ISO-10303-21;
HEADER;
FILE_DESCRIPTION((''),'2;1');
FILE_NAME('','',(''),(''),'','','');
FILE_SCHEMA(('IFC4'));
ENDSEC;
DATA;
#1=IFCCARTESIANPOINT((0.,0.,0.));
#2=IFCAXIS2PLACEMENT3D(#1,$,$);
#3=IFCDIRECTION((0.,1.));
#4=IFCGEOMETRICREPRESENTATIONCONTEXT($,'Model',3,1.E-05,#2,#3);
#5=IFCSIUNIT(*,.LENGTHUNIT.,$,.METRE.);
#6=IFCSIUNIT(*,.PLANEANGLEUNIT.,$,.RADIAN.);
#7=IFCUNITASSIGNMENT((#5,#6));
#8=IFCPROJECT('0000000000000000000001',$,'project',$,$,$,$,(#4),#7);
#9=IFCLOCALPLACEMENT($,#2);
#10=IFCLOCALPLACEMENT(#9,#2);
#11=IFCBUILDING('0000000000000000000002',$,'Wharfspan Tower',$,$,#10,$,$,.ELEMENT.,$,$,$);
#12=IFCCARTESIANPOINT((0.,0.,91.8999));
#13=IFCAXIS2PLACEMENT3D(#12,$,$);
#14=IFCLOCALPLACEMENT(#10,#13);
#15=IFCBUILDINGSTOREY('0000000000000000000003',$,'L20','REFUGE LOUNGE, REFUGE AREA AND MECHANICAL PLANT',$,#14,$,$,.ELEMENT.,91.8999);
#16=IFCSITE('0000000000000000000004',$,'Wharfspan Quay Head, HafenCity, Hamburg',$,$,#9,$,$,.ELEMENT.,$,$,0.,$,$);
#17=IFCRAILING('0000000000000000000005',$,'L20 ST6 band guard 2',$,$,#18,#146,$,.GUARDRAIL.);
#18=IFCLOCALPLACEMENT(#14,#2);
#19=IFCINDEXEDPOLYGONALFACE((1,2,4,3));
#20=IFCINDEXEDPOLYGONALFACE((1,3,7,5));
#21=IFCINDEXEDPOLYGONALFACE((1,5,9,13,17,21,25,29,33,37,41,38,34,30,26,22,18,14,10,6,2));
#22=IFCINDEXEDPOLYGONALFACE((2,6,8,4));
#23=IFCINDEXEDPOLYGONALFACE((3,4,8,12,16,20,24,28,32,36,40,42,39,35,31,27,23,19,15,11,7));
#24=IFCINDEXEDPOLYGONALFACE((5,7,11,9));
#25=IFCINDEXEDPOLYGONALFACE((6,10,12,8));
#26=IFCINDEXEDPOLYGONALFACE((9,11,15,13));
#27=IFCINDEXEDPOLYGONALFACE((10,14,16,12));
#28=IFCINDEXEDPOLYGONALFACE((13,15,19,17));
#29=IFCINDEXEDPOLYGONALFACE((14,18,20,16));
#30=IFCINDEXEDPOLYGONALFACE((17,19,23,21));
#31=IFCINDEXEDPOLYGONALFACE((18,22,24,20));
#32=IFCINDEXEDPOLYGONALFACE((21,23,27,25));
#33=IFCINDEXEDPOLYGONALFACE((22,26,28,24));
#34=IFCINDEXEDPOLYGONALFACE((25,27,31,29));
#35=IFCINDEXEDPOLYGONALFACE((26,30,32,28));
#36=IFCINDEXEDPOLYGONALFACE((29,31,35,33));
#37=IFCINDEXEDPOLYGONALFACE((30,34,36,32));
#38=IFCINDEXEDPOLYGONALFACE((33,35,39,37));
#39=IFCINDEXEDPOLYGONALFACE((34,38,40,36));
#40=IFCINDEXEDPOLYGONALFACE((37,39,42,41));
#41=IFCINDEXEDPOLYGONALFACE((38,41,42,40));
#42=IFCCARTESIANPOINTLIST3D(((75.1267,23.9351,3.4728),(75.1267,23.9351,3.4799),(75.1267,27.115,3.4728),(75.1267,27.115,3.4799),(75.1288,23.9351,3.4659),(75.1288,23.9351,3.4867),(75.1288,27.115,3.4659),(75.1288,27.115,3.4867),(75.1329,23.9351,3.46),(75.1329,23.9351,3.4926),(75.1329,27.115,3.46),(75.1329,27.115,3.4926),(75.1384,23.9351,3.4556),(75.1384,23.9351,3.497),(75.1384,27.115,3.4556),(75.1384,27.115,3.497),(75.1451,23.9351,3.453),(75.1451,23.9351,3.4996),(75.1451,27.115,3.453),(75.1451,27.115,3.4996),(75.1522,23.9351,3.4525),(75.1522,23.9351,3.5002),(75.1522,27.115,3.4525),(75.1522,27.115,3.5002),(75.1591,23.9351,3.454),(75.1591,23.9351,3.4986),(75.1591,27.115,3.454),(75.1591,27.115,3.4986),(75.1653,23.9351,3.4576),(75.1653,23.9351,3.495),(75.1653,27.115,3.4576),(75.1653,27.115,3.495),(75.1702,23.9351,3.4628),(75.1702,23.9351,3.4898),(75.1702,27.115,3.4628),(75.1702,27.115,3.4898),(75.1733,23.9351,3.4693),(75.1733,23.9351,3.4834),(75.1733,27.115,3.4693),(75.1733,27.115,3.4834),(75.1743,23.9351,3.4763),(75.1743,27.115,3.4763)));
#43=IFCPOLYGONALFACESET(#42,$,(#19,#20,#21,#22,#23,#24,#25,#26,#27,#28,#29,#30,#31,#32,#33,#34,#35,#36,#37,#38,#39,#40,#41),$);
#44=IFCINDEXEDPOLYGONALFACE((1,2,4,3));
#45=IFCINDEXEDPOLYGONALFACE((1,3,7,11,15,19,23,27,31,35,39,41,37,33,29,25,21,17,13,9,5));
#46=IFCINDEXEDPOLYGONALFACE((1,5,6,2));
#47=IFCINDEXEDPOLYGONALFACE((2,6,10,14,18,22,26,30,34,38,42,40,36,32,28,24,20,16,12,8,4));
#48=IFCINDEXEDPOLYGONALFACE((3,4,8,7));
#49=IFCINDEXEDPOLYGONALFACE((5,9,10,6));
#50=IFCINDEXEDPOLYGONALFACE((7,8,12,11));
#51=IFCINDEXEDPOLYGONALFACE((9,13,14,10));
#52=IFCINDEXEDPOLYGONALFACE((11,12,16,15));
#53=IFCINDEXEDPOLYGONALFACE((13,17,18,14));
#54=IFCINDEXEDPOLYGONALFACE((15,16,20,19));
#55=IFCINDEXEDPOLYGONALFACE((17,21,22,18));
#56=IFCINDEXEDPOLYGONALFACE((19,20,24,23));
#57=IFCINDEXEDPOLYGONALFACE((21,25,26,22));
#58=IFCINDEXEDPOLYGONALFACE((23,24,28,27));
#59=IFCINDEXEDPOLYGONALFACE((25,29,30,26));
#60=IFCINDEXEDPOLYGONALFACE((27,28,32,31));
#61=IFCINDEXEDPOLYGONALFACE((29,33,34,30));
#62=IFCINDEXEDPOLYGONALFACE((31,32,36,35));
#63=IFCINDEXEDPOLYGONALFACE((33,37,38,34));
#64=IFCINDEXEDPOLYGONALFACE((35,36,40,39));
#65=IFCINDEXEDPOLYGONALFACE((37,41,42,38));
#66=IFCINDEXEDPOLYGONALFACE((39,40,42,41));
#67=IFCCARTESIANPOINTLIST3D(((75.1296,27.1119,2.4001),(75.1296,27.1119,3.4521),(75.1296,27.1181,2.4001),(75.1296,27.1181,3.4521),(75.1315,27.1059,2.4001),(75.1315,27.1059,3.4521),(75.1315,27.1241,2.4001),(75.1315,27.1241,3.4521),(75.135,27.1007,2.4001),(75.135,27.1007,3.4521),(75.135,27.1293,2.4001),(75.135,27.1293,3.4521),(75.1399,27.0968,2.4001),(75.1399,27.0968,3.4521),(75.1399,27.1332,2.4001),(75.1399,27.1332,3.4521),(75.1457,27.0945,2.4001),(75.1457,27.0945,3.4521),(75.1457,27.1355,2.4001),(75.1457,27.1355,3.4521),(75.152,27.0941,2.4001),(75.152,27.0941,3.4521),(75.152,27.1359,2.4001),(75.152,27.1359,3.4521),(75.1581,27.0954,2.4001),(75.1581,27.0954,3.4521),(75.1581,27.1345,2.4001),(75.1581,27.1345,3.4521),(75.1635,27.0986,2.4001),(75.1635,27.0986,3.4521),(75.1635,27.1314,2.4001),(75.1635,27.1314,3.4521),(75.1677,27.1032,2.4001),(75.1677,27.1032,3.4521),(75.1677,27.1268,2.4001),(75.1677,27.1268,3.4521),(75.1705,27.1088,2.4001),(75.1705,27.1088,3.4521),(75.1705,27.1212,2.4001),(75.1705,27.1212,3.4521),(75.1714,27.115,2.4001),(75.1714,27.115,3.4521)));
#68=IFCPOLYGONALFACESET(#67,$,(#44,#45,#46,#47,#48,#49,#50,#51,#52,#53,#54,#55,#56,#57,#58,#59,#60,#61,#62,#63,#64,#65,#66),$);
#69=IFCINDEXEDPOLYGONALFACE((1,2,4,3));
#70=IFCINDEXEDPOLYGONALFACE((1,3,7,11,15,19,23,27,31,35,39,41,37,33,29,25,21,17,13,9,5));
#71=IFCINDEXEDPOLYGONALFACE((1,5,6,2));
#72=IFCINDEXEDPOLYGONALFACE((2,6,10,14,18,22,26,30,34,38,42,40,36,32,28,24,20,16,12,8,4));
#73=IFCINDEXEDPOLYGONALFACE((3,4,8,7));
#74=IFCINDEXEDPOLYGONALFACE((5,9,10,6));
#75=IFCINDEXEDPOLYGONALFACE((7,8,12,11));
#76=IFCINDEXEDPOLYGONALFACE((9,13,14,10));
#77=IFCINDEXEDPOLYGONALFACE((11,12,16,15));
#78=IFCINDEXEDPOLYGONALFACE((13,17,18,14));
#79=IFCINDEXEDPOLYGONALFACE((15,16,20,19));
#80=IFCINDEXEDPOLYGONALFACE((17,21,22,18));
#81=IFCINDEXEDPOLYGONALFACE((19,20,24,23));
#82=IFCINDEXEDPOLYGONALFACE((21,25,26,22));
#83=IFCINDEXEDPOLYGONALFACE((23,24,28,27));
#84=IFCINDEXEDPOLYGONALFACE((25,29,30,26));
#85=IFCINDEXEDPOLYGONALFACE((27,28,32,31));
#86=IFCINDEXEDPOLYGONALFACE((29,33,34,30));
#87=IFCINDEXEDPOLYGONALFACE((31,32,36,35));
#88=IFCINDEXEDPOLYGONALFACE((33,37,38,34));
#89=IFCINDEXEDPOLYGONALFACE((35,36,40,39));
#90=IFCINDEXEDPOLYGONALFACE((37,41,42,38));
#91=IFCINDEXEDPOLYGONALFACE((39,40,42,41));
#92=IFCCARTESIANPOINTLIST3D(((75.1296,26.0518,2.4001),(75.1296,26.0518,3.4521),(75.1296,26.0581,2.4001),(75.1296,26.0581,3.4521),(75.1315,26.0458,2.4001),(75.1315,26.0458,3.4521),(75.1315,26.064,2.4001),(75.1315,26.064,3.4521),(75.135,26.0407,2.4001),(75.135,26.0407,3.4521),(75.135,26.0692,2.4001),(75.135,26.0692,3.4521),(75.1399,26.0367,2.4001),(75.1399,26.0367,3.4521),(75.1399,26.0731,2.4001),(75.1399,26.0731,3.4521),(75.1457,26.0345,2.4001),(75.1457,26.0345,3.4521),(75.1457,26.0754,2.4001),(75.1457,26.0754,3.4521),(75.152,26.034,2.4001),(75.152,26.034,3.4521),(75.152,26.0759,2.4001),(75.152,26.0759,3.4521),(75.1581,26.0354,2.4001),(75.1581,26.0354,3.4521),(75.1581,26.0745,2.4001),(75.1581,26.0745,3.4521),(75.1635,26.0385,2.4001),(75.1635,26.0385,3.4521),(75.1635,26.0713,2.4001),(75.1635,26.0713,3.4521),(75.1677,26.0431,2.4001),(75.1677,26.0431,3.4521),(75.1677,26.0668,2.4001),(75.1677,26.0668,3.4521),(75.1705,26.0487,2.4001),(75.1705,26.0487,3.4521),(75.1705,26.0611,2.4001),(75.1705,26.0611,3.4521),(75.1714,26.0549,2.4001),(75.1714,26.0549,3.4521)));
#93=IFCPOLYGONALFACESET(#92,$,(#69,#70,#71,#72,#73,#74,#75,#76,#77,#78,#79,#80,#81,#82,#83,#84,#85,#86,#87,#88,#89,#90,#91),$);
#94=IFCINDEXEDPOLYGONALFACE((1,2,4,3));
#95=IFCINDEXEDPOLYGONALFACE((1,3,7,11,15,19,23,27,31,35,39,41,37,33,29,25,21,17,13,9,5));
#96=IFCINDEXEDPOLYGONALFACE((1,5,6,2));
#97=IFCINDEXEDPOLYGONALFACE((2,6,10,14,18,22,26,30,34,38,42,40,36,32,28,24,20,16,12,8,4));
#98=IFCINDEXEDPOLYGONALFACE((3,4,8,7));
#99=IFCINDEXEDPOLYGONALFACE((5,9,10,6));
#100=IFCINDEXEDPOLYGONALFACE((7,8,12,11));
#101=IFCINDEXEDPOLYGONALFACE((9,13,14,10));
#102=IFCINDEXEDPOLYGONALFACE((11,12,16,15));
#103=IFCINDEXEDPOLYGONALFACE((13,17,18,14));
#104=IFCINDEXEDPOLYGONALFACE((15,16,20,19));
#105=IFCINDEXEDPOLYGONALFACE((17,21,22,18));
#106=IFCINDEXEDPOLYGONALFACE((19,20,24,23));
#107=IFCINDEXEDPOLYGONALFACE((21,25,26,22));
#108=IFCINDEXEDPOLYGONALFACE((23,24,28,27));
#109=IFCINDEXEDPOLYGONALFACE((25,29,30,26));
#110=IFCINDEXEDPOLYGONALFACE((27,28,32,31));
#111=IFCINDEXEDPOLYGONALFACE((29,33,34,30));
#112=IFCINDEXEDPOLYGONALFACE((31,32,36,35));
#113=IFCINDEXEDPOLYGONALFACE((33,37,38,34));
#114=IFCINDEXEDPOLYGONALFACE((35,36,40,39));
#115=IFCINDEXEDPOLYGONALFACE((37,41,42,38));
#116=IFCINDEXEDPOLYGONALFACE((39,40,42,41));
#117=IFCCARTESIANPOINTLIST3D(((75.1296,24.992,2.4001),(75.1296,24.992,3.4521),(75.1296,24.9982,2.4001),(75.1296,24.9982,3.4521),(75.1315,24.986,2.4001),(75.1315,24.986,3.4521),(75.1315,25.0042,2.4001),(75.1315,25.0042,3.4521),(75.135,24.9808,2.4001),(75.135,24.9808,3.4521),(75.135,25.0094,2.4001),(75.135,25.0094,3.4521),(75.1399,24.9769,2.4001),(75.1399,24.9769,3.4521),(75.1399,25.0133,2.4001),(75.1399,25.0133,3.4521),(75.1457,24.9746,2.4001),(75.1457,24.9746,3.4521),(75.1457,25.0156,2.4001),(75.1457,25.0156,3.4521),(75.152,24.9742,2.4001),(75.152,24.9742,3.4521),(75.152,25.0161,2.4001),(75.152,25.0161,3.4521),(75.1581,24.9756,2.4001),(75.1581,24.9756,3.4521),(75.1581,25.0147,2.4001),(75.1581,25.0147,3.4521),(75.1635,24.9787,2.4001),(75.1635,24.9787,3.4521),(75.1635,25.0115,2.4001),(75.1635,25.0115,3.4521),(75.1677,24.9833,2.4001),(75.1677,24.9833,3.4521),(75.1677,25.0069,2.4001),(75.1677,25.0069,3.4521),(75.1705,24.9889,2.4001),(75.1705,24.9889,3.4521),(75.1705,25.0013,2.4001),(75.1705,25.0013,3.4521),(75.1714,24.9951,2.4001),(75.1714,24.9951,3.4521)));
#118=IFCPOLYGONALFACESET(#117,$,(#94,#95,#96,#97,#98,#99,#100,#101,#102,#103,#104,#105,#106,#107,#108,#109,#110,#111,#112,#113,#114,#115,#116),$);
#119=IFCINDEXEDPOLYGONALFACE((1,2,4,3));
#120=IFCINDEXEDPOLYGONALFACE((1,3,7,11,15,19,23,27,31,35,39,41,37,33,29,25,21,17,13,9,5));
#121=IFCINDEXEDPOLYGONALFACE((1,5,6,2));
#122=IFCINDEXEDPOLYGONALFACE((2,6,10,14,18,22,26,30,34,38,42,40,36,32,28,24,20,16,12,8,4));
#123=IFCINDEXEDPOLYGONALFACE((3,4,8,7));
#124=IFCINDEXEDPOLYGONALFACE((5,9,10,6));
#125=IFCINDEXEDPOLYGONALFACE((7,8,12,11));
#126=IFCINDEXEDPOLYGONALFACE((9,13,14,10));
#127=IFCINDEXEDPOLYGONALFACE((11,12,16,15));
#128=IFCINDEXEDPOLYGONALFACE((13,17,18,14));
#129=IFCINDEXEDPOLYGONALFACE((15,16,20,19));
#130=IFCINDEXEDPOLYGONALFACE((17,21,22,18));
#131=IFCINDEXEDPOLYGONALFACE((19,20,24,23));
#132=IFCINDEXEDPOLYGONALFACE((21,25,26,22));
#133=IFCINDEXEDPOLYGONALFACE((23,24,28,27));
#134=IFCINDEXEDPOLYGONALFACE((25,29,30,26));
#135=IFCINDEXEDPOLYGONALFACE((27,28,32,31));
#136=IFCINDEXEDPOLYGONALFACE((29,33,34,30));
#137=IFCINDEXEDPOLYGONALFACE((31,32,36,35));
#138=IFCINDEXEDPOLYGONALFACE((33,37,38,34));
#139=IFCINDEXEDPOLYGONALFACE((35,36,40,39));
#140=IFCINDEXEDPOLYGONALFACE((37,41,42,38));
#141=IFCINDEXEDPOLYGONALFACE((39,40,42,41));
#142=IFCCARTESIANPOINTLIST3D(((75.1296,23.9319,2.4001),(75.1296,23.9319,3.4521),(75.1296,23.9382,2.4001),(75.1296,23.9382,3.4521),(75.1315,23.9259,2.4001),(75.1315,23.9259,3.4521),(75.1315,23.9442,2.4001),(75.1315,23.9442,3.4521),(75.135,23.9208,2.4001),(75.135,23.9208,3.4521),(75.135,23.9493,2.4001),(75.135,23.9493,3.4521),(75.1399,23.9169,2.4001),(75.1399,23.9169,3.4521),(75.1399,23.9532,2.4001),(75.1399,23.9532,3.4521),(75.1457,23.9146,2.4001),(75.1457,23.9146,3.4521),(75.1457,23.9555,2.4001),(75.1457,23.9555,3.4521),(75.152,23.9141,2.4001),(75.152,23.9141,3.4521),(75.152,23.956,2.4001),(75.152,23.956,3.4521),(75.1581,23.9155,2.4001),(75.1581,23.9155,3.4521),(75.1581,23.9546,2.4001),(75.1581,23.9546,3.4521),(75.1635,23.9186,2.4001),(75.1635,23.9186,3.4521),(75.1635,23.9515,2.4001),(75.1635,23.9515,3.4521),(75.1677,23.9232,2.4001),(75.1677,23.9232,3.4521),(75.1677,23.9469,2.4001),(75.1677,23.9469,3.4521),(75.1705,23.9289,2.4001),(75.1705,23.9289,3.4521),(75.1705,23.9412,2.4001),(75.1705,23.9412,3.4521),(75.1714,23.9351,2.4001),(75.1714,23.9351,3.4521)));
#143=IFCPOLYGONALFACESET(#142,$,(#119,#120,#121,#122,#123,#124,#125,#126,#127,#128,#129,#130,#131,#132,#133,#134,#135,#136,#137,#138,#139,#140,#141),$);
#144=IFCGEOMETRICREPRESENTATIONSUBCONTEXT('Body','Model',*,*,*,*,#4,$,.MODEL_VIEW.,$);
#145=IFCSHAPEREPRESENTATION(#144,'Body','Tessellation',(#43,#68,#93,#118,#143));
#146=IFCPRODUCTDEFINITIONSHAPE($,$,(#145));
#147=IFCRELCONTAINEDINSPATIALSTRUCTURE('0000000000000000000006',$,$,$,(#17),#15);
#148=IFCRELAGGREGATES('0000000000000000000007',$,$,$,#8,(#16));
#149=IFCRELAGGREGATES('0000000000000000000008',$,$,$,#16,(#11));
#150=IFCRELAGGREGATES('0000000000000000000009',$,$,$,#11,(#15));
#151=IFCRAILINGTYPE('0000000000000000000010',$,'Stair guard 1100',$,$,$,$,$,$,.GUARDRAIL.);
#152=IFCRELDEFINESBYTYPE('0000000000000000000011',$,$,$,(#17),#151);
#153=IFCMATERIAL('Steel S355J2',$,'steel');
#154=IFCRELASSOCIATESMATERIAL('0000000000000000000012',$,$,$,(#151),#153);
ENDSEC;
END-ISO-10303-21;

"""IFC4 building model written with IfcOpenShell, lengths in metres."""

from ifc_helpers import new_model, si_unit, direction, frame, origin, origin_2d, place, context, subcontext, project, spatial, circle, extrude, material, type_object, element, save


model = new_model("IFC4")

# Units and contexts
model_context = context("Model", 3, precision=1e-05, world=origin(), true_north=direction((0.0, 1.0)))
body_context = subcontext(model_context, "Body", "Model", "MODEL_VIEW")
ifc_project = project(units=[si_unit("LENGTHUNIT", "METRE"), si_unit("PLANEANGLEUNIT", "RADIAN")], contexts=[model_context])

# Site, building, storey
site_placement = place(None, origin())
site = spatial("IfcSite", under=ifc_project, at=site_placement, Name="Wharfspan Quay Head, HafenCity, Hamburg", CompositionType="ELEMENT", RefElevation=0.0)
building_placement = place(site_placement, origin())
building = spatial("IfcBuilding", under=site, at=building_placement, Name="Wharfspan Tower", CompositionType="ELEMENT")
storey_placement = place(building_placement, frame((0.0, 0.0, 91.8999)))
storey = spatial("IfcBuildingStorey", under=building, at=storey_placement, Name="L20", Description="REFUGE LOUNGE, REFUGE AREA AND MECHANICAL PLANT", CompositionType="ELEMENT", Elevation=91.8999)

# Shared definitions
ifc_material_1 = material(Name="Steel S355J2", Category="steel")

# Railing
railing_type_1 = type_object("IfcRailingType", Name="Stair guard 1100", PredefinedType="GUARDRAIL", material=ifc_material_1)
railing_1_placement = place(storey_placement, frame((75.1504, 27.115, 2.4001)))
element("IfcRailing", 1, at=railing_1_placement, inside=storey, type_object=railing_type_1, Name="L20 ST6 band guard 2", PredefinedType="GUARDRAIL", context=body_context, shape_type="SweptSolid", body=[
    extrude(circle(Radius=0.0239, at=origin_2d()), frame((0.0, 0.0, 1.0762), z_axis=(0.0, -1.0, 0.0), x_axis=(1.0, 0.0, 0.0)), (0.0, 0.0, 1.0), 3.1799),
    extrude(circle(Radius=0.021, at=origin_2d()), origin(), (0.0, 0.0, 1.0), 1.052),
    extrude(circle(Radius=0.021, at=origin_2d()), frame((0.0, -1.0601, 0.0)), (0.0, 0.0, 1.0), 1.052),
    extrude(circle(Radius=0.021, at=origin_2d()), frame((0.0, -2.1199, 0.0)), (0.0, 0.0, 1.0), 1.052),
    extrude(circle(Radius=0.021, at=origin_2d()), frame((0.0, -3.1799, 0.0)), (0.0, 0.0, 1.0), 1.052),
])

save(model, "model.ifc")
